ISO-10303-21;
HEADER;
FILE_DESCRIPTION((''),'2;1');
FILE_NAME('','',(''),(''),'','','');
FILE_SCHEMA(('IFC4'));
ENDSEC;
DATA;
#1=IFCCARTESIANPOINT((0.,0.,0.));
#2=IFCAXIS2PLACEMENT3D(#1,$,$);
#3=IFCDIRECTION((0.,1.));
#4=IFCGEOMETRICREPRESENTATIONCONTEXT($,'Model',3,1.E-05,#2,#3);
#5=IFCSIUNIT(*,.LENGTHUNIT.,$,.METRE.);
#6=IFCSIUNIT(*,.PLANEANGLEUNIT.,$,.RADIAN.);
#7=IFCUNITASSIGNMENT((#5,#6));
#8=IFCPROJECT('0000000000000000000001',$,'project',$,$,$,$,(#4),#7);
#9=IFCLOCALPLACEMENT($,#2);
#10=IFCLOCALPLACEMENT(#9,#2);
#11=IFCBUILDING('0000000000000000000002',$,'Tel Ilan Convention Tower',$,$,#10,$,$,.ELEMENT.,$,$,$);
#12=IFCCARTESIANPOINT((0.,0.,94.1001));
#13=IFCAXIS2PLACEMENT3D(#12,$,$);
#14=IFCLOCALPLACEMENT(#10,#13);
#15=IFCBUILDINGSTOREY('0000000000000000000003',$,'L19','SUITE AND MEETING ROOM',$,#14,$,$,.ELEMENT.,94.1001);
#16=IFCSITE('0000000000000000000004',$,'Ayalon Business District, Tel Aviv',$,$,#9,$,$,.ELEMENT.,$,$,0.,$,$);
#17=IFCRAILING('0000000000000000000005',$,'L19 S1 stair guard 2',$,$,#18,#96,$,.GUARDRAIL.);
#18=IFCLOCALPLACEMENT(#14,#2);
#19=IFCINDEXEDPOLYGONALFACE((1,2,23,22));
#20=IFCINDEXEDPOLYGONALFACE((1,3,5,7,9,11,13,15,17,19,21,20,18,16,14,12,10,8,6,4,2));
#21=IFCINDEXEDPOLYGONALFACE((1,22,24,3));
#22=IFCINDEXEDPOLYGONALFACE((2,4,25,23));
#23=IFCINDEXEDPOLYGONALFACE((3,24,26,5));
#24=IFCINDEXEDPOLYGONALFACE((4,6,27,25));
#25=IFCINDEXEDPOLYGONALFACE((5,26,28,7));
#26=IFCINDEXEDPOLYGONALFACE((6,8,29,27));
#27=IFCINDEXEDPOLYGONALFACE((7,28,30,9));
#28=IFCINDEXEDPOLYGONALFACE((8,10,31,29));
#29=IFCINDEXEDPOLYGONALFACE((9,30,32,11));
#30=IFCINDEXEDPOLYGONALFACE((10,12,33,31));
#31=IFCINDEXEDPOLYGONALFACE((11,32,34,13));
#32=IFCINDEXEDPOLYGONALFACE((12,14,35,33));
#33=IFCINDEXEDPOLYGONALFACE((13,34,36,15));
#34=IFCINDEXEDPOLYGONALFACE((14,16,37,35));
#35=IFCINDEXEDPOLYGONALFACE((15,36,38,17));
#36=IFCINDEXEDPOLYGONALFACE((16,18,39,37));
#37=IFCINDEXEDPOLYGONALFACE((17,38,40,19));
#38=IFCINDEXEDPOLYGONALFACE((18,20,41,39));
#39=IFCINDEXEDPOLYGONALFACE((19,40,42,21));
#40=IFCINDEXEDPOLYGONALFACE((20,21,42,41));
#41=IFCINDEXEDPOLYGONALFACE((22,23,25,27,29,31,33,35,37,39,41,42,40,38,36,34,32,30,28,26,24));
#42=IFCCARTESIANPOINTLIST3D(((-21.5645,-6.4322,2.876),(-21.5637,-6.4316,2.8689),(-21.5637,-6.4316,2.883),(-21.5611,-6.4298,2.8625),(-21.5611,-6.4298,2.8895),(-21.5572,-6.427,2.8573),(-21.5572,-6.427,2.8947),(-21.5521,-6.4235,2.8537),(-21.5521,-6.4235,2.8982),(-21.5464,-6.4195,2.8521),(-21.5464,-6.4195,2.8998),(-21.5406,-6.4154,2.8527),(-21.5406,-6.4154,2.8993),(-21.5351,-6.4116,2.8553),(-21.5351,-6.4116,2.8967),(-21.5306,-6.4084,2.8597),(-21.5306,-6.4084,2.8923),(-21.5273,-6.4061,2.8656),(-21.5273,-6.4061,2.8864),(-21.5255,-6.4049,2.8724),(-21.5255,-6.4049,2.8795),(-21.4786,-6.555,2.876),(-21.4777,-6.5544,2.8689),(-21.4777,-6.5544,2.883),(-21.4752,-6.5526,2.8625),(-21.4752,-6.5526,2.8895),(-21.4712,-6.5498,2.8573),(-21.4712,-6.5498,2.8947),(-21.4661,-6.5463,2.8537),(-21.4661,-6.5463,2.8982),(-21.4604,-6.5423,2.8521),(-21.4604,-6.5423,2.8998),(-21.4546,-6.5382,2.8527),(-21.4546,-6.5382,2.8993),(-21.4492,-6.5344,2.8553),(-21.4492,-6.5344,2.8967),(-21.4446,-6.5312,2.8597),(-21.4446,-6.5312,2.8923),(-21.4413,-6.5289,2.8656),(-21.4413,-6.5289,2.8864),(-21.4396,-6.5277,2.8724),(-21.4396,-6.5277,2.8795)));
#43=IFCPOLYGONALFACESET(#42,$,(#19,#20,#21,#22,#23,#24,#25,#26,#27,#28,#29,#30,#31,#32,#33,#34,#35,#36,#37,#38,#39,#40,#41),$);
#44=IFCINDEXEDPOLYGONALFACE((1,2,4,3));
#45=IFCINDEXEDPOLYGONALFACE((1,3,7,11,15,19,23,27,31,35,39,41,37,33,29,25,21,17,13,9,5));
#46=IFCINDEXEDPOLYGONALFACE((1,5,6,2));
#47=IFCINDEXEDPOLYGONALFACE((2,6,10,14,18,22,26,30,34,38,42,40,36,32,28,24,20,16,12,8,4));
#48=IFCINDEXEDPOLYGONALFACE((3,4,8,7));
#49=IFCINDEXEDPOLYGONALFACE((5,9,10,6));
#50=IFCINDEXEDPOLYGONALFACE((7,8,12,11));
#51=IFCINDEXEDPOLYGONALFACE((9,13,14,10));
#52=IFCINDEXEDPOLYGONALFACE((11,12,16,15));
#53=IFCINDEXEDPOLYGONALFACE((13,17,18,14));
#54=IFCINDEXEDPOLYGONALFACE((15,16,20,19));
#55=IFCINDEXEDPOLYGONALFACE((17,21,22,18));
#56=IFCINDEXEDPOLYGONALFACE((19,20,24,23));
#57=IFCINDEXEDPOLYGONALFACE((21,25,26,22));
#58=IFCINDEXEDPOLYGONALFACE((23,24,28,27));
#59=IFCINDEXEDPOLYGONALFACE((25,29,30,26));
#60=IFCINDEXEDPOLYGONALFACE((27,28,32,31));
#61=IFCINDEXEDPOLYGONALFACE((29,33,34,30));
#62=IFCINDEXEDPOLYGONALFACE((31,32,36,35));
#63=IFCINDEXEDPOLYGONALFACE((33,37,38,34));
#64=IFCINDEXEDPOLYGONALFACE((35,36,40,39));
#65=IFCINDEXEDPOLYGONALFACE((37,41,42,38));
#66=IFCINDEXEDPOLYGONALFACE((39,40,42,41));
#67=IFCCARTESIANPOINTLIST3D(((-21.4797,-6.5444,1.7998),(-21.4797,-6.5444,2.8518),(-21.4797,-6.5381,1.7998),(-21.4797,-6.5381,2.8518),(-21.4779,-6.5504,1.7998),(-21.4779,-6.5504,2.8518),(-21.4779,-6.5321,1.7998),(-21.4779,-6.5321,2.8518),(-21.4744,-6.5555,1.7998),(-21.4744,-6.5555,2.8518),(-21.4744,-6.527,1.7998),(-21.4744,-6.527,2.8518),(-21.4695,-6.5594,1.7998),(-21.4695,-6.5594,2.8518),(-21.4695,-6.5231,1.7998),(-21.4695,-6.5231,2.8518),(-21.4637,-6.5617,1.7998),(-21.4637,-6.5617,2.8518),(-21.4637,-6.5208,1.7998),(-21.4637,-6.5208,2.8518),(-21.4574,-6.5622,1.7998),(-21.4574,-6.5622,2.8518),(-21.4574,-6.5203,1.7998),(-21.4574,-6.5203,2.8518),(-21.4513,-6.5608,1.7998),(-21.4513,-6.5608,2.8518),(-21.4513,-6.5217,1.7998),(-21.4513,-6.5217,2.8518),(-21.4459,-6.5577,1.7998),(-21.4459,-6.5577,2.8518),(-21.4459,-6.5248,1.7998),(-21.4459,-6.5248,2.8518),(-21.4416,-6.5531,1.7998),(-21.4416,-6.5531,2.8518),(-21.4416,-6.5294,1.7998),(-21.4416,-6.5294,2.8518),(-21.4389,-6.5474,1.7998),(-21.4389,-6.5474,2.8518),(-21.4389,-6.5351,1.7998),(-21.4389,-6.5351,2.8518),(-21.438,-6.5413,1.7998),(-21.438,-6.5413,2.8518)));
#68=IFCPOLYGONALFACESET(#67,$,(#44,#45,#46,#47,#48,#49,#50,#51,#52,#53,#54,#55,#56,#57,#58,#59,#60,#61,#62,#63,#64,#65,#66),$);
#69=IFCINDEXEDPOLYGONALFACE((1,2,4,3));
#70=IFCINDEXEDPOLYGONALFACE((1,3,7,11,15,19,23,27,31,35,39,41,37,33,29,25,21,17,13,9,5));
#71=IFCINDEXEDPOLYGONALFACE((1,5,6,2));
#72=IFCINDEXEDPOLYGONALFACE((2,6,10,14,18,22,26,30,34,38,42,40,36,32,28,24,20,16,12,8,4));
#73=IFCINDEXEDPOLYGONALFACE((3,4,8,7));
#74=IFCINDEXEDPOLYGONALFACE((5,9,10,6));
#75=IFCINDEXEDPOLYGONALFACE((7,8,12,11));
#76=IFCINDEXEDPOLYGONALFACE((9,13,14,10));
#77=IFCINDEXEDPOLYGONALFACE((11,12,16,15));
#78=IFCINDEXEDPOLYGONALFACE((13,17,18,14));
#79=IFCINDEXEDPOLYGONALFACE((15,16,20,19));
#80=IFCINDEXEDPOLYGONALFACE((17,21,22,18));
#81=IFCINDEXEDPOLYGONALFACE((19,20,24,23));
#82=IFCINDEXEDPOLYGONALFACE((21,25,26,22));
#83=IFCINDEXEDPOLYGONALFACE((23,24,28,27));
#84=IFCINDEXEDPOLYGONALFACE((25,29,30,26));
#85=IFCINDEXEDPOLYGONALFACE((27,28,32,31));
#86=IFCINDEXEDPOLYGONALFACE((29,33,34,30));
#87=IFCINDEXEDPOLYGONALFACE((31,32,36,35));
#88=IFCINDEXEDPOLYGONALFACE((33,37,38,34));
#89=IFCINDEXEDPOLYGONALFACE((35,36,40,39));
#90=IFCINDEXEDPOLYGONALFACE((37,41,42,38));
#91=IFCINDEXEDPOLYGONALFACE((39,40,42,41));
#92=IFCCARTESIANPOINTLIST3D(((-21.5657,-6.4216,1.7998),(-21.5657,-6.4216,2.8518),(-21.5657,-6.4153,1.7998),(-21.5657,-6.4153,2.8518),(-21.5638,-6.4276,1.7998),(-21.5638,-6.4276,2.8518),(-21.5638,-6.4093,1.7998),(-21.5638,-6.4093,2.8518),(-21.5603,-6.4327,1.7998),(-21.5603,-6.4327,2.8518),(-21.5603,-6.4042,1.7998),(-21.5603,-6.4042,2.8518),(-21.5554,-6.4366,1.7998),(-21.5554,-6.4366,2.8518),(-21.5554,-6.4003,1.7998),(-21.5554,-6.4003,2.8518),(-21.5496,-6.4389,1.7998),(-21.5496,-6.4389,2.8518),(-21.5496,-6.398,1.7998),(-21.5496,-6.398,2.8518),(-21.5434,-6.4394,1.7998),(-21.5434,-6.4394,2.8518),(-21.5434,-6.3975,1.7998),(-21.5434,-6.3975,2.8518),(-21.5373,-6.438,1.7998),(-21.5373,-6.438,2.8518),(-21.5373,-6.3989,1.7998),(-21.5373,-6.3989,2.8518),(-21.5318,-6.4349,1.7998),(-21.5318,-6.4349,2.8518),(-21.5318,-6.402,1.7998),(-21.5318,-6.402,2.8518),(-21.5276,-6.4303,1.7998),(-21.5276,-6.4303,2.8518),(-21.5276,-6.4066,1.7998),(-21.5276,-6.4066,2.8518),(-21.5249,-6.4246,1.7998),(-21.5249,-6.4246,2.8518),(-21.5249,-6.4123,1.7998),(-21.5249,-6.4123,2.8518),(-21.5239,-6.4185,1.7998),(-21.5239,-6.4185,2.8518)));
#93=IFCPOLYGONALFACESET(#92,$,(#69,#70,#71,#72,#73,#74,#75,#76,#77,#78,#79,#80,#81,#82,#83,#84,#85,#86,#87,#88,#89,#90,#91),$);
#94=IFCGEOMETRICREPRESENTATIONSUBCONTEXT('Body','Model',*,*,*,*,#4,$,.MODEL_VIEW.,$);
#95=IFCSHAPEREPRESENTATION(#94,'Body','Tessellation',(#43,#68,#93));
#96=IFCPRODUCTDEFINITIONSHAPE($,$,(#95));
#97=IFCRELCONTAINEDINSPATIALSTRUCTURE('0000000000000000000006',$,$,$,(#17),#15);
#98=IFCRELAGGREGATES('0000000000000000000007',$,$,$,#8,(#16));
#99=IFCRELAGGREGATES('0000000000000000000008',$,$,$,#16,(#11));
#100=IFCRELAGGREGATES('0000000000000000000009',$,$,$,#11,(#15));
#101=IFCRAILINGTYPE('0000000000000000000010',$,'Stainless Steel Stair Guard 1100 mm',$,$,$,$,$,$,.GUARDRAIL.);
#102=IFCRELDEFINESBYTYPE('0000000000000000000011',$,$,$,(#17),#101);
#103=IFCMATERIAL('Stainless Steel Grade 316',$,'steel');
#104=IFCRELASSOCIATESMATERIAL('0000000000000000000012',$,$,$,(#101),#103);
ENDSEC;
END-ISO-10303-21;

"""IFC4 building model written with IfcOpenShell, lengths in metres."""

from ifc_helpers import new_model, si_unit, direction, frame, origin, origin_2d, place, context, subcontext, project, spatial, circle, extrude, material, type_object, element, save


model = new_model("IFC4")

# Units and contexts
model_context = context("Model", 3, precision=1e-05, world=origin(), true_north=direction((0.0, 1.0)))
body_context = subcontext(model_context, "Body", "Model", "MODEL_VIEW")
ifc_project = project(units=[si_unit("LENGTHUNIT", "METRE"), si_unit("PLANEANGLEUNIT", "RADIAN")], contexts=[model_context])

# Site, building, storey
site_placement = place(None, origin())
site = spatial("IfcSite", under=ifc_project, at=site_placement, Name="Ayalon Business District, Tel Aviv", CompositionType="ELEMENT", RefElevation=0.0)
building_placement = place(site_placement, origin())
building = spatial("IfcBuilding", under=site, at=building_placement, Name="Tel Ilan Convention Tower", CompositionType="ELEMENT")
storey_placement = place(building_placement, frame((0.0, 0.0, 94.1001)))
storey = spatial("IfcBuildingStorey", under=building, at=storey_placement, Name="L19", Description="SUITE AND MEETING ROOM", CompositionType="ELEMENT", Elevation=94.1001)

# Railing
ifc_material_1 = material(Name="Stainless Steel Grade 316", Category="steel")
railing_type_1 = type_object("IfcRailingType", Name="Stainless Steel Stair Guard 1100 mm", PredefinedType="GUARDRAIL", material=ifc_material_1)
railing_1_placement = place(storey_placement, frame((-21.459, -6.5413, 1.7998)))
element("IfcRailing", 1, at=railing_1_placement, inside=storey, type_object=railing_type_1, Name="L19 S1 stair guard 2", PredefinedType="GUARDRAIL", context=body_context, shape_type="SweptSolid", body=[
    extrude(circle(Radius=0.0239, at=origin_2d()), frame((0.0, 0.0, 1.0762), z_axis=(-0.573353, 0.819308, 0.0), x_axis=(-0.819308, -0.573353, 0.0)), (0.0, 0.0, 1.0), 0.1499),
    extrude(circle(Radius=0.021, at=origin_2d()), origin(), (0.0, 0.0, 1.0), 1.052),
    extrude(circle(Radius=0.021, at=origin_2d()), frame((-0.0859, 0.1228, 0.0)), (0.0, 0.0, 1.0), 1.052),
])

save(model, "model.ifc")
